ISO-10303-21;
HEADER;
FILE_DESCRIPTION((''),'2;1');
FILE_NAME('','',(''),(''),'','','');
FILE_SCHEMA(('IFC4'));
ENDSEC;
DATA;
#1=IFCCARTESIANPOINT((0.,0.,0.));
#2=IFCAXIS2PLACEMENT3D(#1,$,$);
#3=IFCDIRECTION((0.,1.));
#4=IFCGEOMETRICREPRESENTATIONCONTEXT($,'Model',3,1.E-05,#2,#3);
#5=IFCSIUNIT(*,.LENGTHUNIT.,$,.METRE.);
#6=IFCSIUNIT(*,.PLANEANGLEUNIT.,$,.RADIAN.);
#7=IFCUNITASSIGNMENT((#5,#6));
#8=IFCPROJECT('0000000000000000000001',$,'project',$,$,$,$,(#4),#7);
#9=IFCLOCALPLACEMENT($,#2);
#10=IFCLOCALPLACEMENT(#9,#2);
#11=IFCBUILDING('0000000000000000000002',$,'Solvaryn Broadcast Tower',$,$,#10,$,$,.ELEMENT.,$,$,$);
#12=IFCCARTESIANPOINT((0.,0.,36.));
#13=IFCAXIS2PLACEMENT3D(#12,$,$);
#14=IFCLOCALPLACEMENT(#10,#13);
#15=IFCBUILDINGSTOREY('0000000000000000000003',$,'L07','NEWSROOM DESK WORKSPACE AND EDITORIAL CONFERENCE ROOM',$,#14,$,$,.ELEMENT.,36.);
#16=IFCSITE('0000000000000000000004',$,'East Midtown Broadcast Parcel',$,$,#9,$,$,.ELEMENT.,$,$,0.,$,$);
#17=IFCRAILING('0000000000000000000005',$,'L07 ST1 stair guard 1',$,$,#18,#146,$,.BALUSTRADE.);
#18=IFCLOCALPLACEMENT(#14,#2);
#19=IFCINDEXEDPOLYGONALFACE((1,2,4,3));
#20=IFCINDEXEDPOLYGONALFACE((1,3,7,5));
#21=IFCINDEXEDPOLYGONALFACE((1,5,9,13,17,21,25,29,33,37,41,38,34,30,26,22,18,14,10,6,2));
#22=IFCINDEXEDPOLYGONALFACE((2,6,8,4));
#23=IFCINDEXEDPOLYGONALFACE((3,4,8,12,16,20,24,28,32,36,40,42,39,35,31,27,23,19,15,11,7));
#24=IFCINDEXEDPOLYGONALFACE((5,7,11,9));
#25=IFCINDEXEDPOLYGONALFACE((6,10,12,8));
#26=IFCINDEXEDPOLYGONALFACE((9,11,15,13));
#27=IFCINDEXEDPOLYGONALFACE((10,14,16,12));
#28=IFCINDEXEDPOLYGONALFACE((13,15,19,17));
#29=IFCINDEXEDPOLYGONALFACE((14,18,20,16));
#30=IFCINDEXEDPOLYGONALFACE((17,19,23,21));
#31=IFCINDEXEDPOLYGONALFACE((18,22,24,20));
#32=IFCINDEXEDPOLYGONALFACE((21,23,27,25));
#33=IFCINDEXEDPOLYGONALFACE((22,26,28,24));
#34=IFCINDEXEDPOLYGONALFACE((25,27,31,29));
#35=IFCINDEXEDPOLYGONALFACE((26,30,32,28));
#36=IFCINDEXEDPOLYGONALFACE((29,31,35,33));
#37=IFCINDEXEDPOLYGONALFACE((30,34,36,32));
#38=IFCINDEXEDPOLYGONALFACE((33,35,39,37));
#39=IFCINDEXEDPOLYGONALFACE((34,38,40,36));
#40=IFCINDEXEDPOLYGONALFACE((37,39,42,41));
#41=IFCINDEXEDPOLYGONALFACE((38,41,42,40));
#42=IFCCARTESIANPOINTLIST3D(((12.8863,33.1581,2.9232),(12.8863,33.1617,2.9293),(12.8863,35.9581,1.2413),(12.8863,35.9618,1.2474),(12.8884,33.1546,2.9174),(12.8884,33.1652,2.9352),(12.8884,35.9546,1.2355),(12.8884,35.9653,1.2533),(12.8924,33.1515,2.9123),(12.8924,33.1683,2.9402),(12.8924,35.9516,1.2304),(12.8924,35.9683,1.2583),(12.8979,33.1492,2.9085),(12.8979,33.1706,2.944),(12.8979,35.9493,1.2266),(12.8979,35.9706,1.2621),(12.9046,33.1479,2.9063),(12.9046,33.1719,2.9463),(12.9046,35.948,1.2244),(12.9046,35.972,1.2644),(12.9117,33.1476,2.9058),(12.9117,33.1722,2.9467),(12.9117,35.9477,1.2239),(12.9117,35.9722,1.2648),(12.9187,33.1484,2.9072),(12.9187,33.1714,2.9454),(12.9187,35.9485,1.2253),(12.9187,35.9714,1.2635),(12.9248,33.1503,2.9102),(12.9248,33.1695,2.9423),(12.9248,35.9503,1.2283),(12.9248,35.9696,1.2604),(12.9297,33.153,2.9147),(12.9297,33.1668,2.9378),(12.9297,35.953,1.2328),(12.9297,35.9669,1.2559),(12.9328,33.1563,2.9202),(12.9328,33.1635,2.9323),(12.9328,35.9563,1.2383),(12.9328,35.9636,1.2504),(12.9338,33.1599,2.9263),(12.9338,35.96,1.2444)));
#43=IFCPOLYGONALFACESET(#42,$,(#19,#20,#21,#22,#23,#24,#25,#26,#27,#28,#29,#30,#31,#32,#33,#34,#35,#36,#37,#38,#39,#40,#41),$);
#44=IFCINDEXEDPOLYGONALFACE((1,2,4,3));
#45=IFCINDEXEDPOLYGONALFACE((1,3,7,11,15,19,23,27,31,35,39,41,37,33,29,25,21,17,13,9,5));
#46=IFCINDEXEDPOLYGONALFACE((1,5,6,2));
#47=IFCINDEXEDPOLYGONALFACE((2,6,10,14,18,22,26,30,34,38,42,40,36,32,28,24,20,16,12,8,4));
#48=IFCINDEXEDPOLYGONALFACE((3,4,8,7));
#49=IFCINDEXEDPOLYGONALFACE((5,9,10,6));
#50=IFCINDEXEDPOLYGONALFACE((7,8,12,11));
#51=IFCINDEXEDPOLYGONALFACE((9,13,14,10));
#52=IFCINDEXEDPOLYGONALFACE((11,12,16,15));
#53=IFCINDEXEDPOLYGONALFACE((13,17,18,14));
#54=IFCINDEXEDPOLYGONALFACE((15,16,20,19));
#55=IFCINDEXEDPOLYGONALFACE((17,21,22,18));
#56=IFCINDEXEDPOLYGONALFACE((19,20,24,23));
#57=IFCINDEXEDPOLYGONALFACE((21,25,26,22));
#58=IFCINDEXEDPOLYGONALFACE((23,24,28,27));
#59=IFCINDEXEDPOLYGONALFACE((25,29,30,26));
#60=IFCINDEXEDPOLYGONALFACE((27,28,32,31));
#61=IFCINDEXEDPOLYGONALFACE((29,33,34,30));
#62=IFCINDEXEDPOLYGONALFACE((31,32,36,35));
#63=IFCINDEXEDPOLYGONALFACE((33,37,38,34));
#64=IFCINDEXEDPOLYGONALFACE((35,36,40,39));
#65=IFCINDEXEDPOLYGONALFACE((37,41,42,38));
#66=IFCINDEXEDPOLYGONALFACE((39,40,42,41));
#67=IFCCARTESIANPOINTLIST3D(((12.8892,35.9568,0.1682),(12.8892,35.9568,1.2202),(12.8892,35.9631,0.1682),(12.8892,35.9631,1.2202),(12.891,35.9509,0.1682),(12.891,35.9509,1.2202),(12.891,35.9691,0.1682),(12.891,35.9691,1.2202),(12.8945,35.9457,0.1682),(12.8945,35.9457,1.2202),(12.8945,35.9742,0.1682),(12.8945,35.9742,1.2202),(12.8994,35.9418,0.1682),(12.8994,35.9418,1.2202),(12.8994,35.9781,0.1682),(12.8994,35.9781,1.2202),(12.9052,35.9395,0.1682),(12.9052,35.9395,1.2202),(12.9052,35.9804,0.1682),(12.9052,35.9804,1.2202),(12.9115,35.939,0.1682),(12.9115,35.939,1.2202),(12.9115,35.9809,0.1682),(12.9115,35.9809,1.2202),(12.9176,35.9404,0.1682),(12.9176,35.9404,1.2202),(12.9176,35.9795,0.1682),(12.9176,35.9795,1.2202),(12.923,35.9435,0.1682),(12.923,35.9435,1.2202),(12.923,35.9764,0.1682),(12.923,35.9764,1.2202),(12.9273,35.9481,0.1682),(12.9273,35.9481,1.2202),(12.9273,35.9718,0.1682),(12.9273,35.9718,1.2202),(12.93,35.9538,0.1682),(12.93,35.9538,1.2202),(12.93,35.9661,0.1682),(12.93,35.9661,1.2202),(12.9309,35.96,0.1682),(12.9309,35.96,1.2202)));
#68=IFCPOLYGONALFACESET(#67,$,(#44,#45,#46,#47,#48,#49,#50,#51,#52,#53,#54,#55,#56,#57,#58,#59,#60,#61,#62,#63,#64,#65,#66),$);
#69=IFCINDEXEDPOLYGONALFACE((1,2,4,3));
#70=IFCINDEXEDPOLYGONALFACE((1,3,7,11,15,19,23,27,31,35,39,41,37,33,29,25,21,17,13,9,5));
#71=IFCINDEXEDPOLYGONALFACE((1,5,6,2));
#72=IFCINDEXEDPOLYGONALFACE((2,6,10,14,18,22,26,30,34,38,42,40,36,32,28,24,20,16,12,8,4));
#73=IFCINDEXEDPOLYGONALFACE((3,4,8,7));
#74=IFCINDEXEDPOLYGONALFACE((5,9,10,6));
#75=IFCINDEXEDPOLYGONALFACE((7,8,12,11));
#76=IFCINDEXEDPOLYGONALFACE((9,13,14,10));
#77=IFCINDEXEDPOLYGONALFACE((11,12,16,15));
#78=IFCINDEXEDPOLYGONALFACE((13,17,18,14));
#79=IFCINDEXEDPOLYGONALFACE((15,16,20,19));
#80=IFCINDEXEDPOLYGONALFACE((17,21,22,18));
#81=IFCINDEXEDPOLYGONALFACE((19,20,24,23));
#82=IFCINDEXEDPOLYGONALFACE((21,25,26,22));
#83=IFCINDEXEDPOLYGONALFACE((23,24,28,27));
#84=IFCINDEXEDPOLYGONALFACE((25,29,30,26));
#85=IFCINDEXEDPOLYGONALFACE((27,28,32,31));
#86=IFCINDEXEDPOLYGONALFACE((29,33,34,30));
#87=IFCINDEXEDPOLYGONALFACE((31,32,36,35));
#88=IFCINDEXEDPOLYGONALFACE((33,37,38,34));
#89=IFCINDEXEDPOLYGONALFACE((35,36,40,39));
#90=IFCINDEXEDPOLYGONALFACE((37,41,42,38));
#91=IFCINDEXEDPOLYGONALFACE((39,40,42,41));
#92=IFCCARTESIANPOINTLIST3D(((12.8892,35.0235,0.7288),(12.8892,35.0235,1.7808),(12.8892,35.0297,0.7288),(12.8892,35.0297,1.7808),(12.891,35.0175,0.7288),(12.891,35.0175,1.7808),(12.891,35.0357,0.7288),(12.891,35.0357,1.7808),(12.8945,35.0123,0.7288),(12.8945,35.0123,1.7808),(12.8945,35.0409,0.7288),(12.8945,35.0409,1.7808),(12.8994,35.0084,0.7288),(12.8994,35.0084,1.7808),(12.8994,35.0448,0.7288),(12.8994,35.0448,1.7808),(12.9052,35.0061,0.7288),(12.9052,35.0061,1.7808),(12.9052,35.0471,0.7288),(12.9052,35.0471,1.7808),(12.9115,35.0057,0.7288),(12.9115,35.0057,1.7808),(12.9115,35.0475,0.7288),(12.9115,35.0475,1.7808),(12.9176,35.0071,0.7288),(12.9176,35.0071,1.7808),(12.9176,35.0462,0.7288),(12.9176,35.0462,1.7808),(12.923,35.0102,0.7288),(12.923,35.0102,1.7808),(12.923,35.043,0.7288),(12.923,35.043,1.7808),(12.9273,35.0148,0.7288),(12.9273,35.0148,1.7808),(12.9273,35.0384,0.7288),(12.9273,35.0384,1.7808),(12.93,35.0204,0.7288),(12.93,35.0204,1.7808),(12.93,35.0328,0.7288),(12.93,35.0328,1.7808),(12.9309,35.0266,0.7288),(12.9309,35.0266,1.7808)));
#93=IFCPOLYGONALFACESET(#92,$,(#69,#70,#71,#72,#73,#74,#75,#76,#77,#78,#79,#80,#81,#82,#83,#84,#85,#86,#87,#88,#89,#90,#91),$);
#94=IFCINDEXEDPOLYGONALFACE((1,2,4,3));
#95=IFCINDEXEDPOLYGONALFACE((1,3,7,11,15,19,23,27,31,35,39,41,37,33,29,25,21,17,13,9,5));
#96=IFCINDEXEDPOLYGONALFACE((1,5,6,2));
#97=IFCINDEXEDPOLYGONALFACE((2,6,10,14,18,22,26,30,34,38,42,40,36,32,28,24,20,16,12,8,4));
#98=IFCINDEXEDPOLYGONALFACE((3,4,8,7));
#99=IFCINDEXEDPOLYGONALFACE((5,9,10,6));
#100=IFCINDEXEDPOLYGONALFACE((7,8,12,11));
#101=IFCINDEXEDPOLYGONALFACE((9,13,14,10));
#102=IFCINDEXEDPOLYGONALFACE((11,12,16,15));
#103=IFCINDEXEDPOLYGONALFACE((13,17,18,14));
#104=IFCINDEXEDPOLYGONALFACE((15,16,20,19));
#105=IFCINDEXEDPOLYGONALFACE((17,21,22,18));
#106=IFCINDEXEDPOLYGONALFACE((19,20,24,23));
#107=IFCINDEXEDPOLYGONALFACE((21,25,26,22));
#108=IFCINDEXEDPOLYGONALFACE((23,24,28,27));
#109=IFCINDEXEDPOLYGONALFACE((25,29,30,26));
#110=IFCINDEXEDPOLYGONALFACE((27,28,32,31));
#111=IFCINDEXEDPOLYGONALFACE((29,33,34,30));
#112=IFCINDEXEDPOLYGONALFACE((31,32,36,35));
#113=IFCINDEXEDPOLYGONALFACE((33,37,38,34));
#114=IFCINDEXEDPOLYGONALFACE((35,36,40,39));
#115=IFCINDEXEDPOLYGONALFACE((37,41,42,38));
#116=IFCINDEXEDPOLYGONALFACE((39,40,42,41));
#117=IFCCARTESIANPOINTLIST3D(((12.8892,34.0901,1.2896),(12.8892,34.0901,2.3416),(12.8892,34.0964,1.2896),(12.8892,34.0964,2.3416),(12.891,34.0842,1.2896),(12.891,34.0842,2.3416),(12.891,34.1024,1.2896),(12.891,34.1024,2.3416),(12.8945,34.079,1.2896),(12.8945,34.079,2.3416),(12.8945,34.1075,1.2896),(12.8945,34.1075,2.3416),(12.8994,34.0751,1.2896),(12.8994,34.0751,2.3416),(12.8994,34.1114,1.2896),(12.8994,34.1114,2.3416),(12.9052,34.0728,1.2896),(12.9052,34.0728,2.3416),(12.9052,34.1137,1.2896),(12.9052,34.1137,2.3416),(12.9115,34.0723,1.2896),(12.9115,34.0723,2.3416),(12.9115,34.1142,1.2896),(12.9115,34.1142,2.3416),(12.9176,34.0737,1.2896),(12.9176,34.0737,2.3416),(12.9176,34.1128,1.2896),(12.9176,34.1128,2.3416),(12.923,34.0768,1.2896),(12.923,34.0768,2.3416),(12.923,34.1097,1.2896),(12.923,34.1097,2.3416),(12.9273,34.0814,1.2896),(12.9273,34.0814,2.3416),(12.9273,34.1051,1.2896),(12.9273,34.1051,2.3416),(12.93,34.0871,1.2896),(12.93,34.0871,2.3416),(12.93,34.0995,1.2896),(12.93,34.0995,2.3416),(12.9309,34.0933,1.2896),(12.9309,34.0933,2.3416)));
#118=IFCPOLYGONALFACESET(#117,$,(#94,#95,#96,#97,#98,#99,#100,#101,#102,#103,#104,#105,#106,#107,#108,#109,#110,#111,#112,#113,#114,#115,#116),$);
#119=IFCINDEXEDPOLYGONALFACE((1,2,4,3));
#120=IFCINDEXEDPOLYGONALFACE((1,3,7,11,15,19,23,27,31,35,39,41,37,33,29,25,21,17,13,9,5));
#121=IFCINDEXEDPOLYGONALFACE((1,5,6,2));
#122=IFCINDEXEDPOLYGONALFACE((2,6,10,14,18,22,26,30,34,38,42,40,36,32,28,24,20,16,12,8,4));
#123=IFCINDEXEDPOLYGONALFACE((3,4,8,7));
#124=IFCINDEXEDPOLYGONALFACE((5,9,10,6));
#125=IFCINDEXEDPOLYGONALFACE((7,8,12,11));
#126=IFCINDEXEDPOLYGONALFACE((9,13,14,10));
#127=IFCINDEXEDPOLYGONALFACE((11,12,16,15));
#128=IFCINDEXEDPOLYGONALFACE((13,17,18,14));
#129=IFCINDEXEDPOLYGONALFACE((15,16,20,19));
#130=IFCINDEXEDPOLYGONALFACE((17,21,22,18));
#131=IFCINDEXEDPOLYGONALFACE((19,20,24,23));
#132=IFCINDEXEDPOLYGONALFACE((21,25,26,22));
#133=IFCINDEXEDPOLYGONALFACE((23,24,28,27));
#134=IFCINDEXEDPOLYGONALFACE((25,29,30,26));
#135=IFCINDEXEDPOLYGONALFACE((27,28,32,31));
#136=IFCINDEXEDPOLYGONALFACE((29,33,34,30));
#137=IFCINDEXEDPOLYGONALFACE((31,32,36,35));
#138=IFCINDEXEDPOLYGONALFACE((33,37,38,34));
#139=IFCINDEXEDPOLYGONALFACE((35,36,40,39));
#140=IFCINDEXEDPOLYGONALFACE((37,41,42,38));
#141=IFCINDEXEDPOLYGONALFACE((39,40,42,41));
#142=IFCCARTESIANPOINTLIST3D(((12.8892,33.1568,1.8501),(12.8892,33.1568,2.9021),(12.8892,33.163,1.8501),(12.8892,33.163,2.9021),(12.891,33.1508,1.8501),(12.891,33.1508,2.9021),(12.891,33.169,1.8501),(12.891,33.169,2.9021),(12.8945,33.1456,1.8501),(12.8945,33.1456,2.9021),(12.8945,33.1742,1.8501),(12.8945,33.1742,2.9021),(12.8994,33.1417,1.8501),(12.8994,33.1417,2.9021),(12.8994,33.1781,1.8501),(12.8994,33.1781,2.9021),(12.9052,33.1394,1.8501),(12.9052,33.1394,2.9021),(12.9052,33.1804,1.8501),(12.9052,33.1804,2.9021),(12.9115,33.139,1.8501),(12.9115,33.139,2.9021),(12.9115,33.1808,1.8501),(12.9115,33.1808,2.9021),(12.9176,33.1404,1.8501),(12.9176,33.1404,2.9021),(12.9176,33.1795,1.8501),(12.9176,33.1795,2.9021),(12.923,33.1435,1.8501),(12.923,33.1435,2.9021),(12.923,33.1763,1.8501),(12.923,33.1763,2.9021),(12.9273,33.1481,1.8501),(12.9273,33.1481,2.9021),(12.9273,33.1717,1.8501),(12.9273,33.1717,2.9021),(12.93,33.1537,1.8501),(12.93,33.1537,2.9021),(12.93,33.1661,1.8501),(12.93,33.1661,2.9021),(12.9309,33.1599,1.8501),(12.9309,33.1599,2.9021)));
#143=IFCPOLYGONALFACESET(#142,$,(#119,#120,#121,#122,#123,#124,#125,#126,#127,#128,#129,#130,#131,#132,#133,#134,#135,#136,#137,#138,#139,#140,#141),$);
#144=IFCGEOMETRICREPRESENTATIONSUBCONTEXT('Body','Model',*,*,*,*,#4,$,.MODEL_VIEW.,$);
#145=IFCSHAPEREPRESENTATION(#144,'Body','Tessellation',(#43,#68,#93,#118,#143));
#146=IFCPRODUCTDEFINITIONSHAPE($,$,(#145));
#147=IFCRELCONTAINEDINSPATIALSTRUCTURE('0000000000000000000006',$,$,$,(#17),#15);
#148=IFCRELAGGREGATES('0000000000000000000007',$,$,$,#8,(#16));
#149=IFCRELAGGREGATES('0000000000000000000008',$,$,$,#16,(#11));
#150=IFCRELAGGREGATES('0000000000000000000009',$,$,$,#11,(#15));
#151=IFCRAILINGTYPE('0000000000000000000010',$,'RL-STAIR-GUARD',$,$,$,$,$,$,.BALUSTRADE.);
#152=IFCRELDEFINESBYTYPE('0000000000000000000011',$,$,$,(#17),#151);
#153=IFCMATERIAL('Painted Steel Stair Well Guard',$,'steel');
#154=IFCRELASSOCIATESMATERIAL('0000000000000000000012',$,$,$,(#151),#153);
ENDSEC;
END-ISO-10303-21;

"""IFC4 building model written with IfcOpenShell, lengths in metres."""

from ifc_helpers import new_model, si_unit, direction, frame, origin, origin_2d, place, context, subcontext, project, spatial, circle, extrude, material, type_object, element, save


model = new_model("IFC4")

# Units and contexts
model_context = context("Model", 3, precision=1e-05, world=origin(), true_north=direction((0.0, 1.0)))
body_context = subcontext(model_context, "Body", "Model", "MODEL_VIEW")
ifc_project = project(units=[si_unit("LENGTHUNIT", "METRE"), si_unit("PLANEANGLEUNIT", "RADIAN")], contexts=[model_context])

# Site, building, storey
site_placement = place(None, origin())
site = spatial("IfcSite", under=ifc_project, at=site_placement, Name="East Midtown Broadcast Parcel", CompositionType="ELEMENT", RefElevation=0.0)
building_placement = place(site_placement, origin())
building = spatial("IfcBuilding", under=site, at=building_placement, Name="Solvaryn Broadcast Tower", CompositionType="ELEMENT")
storey_placement = place(building_placement, frame((0.0, 0.0, 36.0)))
storey = spatial("IfcBuildingStorey", under=building, at=storey_placement, Name="L07", Description="NEWSROOM DESK WORKSPACE AND EDITORIAL CONFERENCE ROOM", CompositionType="ELEMENT", Elevation=36.0)

# Railing
ifc_material_1 = material(Name="Painted Steel Stair Well Guard", Category="steel")
railing_type_1 = type_object("IfcRailingType", Name="RL-STAIR-GUARD", PredefinedType="BALUSTRADE", material=ifc_material_1)
railing_1_placement = place(storey_placement, frame((12.9099, 35.96, 0.1682)))
element("IfcRailing", 1, at=railing_1_placement, inside=storey, type_object=railing_type_1, Name="L07 ST1 stair guard 1", PredefinedType="BALUSTRADE", context=body_context, shape_type="SweptSolid", body=[
    extrude(circle(Radius=0.0239, at=origin_2d()), frame((0.0, 0.0, 1.0762), z_axis=(0.0, -0.857242, 0.514913), x_axis=(1.0, 0.0, 0.0)), (0.0, 0.0, 1.0), 3.2664),
    extrude(circle(Radius=0.021, at=origin_2d()), origin(), (0.0, 0.0, 1.0), 1.052),
    extrude(circle(Radius=0.021, at=origin_2d()), frame((0.0, -0.9333, 0.5605)), (0.0, 0.0, 1.0), 1.052),
    extrude(circle(Radius=0.021, at=origin_2d()), frame((0.0, -1.8667, 1.1213)), (0.0, 0.0, 1.0), 1.052),
    extrude(circle(Radius=0.021, at=origin_2d()), frame((0.0, -2.8, 1.6819)), (0.0, 0.0, 1.0), 1.052),
])

save(model, "model.ifc")
